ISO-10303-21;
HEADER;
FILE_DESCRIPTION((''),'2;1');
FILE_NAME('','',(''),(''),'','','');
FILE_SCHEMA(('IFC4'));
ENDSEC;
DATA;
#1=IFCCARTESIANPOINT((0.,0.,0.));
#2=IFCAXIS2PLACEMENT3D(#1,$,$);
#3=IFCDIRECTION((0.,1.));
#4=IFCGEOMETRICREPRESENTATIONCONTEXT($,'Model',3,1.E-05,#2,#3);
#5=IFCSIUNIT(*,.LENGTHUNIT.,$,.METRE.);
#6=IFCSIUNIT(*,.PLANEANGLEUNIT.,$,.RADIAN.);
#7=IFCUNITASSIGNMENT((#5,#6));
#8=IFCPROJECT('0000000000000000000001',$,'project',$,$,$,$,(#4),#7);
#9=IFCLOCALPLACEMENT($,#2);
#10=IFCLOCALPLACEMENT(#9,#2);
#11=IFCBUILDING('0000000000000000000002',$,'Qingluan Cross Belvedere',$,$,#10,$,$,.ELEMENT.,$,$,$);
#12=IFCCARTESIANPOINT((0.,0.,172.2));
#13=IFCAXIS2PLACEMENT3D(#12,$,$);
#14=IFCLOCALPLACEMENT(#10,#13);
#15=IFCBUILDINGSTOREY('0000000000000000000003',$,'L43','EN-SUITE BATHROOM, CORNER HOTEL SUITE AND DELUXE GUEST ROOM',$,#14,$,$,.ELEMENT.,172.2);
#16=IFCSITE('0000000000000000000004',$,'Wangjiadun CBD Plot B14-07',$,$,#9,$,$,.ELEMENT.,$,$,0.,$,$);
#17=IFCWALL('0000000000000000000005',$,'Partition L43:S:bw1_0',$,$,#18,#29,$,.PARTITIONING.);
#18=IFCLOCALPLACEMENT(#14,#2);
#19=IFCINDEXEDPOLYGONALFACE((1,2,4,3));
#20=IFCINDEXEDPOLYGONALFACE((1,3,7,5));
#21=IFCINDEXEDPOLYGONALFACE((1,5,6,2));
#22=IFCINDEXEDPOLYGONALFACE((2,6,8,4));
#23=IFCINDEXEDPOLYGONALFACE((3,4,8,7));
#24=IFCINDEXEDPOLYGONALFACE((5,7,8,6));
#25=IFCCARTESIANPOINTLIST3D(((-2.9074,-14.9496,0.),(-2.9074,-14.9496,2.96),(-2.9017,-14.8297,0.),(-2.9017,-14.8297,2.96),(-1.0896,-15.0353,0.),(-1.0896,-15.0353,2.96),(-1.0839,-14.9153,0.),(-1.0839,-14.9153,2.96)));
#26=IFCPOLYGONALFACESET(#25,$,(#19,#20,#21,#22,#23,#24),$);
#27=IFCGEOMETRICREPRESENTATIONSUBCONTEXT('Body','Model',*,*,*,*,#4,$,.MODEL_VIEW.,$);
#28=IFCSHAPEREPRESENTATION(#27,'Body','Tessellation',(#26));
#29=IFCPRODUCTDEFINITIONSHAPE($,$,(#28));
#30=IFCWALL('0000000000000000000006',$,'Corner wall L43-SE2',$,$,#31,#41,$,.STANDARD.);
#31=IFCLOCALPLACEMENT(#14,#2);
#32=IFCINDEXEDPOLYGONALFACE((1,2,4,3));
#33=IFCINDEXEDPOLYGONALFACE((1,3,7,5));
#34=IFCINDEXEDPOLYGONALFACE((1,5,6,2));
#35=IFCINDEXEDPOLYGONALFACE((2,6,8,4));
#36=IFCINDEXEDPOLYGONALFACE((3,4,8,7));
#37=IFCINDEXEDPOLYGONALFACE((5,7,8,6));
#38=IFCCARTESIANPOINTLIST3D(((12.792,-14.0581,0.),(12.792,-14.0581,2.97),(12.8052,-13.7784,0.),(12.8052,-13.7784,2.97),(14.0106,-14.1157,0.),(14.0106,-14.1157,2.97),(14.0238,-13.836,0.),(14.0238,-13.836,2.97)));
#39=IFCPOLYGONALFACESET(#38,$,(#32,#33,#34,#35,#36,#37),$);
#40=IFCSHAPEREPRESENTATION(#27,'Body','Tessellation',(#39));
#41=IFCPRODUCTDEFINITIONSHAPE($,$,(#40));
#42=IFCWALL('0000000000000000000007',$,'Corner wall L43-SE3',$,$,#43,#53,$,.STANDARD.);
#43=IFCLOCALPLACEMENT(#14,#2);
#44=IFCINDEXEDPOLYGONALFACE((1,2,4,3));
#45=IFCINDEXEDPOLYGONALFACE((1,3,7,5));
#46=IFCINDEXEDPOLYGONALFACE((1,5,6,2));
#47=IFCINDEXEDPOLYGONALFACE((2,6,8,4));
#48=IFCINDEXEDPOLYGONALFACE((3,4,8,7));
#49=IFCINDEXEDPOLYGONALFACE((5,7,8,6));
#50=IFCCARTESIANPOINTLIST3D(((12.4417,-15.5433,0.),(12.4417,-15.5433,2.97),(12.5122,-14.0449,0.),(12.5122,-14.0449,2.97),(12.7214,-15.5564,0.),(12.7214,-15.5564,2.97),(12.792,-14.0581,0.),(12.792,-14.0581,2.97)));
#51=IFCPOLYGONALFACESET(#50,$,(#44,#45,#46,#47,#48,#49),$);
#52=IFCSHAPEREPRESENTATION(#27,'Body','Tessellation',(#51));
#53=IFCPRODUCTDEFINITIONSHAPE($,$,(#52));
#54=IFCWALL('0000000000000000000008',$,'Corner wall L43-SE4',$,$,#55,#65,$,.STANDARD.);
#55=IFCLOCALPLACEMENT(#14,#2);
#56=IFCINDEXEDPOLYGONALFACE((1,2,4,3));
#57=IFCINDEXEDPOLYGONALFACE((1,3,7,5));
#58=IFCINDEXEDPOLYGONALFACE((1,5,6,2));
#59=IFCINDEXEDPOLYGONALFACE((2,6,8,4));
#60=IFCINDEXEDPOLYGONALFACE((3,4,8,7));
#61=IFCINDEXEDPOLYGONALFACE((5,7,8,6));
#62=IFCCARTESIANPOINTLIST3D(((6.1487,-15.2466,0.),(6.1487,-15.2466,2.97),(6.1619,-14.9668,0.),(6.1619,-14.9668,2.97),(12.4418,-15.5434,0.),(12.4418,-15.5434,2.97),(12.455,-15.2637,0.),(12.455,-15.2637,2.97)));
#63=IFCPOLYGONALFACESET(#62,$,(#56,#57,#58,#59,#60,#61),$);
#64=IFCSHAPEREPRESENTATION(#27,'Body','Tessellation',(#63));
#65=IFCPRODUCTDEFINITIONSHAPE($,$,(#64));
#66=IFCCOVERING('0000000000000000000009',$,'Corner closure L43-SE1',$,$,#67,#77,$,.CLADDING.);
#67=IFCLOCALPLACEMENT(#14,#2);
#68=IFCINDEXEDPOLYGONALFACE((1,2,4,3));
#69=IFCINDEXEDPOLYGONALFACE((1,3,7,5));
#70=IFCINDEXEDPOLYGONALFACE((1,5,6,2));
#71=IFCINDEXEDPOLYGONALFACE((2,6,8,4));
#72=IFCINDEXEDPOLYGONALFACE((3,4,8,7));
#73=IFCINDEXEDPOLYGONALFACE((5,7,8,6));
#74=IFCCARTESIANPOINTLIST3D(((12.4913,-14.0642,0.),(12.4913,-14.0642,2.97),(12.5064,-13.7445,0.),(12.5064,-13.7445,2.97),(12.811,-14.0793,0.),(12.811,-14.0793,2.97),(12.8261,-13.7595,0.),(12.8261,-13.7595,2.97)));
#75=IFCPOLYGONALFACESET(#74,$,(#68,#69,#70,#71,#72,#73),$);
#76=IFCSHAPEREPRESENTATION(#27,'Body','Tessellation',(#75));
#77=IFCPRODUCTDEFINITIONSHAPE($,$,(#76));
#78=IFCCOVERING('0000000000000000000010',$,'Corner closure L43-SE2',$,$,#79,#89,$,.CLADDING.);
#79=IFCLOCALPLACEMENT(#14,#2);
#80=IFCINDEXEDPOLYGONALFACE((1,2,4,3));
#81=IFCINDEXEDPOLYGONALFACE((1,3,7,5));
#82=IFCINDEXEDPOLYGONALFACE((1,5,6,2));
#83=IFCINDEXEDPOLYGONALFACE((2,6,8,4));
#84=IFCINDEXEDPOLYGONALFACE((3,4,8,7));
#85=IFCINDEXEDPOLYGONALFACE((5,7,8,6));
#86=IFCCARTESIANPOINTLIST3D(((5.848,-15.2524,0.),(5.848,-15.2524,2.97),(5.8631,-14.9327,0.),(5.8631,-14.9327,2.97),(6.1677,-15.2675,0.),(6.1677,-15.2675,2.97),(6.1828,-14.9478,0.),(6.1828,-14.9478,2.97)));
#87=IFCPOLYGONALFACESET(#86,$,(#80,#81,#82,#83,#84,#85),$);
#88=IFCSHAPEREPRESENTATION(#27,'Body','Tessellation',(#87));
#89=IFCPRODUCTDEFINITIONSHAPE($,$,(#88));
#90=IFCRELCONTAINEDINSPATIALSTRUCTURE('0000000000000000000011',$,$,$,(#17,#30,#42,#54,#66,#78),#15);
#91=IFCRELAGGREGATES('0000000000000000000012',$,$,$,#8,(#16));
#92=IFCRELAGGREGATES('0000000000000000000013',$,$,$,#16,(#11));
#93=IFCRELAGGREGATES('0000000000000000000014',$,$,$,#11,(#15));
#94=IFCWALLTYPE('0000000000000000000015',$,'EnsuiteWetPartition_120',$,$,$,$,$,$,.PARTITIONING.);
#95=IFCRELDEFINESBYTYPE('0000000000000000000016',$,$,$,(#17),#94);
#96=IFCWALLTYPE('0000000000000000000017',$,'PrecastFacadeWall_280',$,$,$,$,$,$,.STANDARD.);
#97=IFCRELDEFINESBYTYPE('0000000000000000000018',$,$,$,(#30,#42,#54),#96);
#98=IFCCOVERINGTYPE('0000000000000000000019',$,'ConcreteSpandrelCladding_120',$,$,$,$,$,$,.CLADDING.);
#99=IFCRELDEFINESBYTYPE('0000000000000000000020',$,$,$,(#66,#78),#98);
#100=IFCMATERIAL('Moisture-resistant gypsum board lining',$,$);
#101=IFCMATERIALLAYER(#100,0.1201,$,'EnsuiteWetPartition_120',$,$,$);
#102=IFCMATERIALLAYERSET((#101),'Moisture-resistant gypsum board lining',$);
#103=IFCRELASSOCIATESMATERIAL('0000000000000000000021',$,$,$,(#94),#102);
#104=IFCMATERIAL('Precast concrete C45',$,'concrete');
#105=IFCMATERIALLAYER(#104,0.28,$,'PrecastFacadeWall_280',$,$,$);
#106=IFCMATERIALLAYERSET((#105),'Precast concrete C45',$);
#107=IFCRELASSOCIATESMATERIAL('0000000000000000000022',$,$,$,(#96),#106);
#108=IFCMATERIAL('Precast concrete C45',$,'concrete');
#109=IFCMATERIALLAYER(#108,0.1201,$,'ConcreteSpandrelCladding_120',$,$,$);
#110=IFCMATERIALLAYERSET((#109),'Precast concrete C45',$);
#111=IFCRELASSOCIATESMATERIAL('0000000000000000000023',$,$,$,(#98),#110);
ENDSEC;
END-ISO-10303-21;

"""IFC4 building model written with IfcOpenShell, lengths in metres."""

from ifc_helpers import new_model, si_unit, direction, frame, frame_2d, origin, origin_2d, place, context, subcontext, project, spatial, rectangle, extrude, material, layer, layer_set, type_object, element, save


model = new_model("IFC4")

# Units and contexts
model_context = context("Model", 3, precision=1e-05, world=origin(), true_north=direction((0.0, 1.0)))
body_context = subcontext(model_context, "Body", "Model", "MODEL_VIEW")
ifc_project = project(units=[si_unit("LENGTHUNIT", "METRE"), si_unit("PLANEANGLEUNIT", "RADIAN")], contexts=[model_context])

# Site, building, storey
site_placement = place(None, origin())
site = spatial("IfcSite", under=ifc_project, at=site_placement, Name="Wangjiadun CBD Plot B14-07", CompositionType="ELEMENT", RefElevation=0.0)
building_placement = place(site_placement, origin())
building = spatial("IfcBuilding", under=site, at=building_placement, Name="Qingluan Cross Belvedere", CompositionType="ELEMENT")
storey_placement = place(building_placement, frame((0.0, 0.0, 172.2)))
storey = spatial("IfcBuildingStorey", under=building, at=storey_placement, Name="L43", Description="EN-SUITE BATHROOM, CORNER HOTEL SUITE AND DELUXE GUEST ROOM", CompositionType="ELEMENT", Elevation=172.2)

# Walls
ifc_material_1 = material(Name="Moisture-resistant gypsum board lining")
ifc_layer_1 = layer(ifc_material_1, 0.1201, Name="EnsuiteWetPartition_120")
ifc_layer_set_1 = layer_set([ifc_layer_1], Name="Moisture-resistant gypsum board lining")
wall_type_1 = type_object("IfcWallType", Name="EnsuiteWetPartition_120", PredefinedType="PARTITIONING", material=ifc_layer_set_1)
wall_1_placement = place(storey_placement, frame((-2.9045, -14.8896, 0.0), z_axis=(0.0, 0.0, 1.0), x_axis=(0.998891, -0.047087, 0.0)))
element("IfcWall", 1, at=wall_1_placement, inside=storey, type_object=wall_type_1, Name="Partition L43:S:bw1_0", PredefinedType="PARTITIONING", context=body_context, shape_type="SweptSolid", body=[
    extrude(rectangle(XDim=1.8198, YDim=0.1201, at=frame_2d((0.9099, 0.0))), origin(), (0.0, 0.0, 1.0), 2.96),
])
ifc_material_2 = material(Name="Precast concrete C45", Category="concrete")
ifc_layer_2 = layer(ifc_material_2, 0.28, Name="PrecastFacadeWall_280")
ifc_layer_set_2 = layer_set([ifc_layer_2], Name="Precast concrete C45")
wall_type_2 = type_object("IfcWallType", Name="PrecastFacadeWall_280", PredefinedType="STANDARD", material=ifc_layer_set_2)
wall_2_placement = place(storey_placement, frame((14.0171, -13.9758, 0.0), z_axis=(0.0, 0.0, 1.0), x_axis=(-0.998884, 0.047232, 0.0)))
element("IfcWall", 2, at=wall_2_placement, inside=storey, type_object=wall_type_2, Name="Corner wall L43-SE2", PredefinedType="STANDARD", context=body_context, shape_type="SweptSolid", body=[
    extrude(rectangle(XDim=1.22, YDim=0.28, at=frame_2d((0.6099, 0.0))), origin(), (0.0, 0.0, 1.0), 2.97),
])
wall_3_placement = place(storey_placement, frame((12.6521, -14.0515, 0.0), z_axis=(0.0, 0.0, 1.0), x_axis=(-0.047039, -0.998893, 0.0)))
element("IfcWall", 3, at=wall_3_placement, inside=storey, type_object=wall_type_2, Name="Corner wall L43-SE3", PredefinedType="STANDARD", context=body_context, shape_type="SweptSolid", body=[
    extrude(rectangle(XDim=1.5, YDim=0.28, at=frame_2d((0.75, 0.0))), origin(), (0.0, 0.0, 1.0), 2.97),
])
wall_4_placement = place(storey_placement, frame((12.4482, -15.4036, 0.0), z_axis=(0.0, 0.0, 1.0), x_axis=(-0.998889, 0.047123, 0.0)))
element("IfcWall", 4, at=wall_4_placement, inside=storey, type_object=wall_type_2, Name="Corner wall L43-SE4", PredefinedType="STANDARD", context=body_context, shape_type="SweptSolid", body=[
    extrude(rectangle(XDim=6.3, YDim=0.28, at=frame_2d((3.1499, 0.0))), origin(), (0.0, 0.0, 1.0), 2.97),
])

# Coverings
ifc_material_3 = material(Name="Precast concrete C45", Category="concrete")
ifc_layer_3 = layer(ifc_material_3, 0.1201, Name="ConcreteSpandrelCladding_120")
ifc_layer_set_3 = layer_set([ifc_layer_3], Name="Precast concrete C45")
covering_type = type_object("IfcCoveringType", Name="ConcreteSpandrelCladding_120", PredefinedType="CLADDING", material=ifc_layer_set_3)
for number, where, z_axis, x_axis, name in (
    (5, (12.6587, -13.9119, 0.0), (0.0, 0.0, 1.0), (0.99889, -0.047106, 0.0), "Corner closure L43-SE1"),
    (6, (6.0154, -15.1001, 0.0), (0.0, 0.0, 1.0), (0.99889, -0.047106, 0.0), "Corner closure L43-SE2"),
):
    element("IfcCovering", number, at=place(storey_placement, frame(where, z_axis=z_axis, x_axis=x_axis)), inside=storey, type_object=covering_type, Name=name, PredefinedType="CLADDING", context=body_context, shape_type="SweptSolid", body=[
        extrude(rectangle(XDim=0.3201, YDim=0.3201, at=origin_2d()), origin(), (0.0, 0.0, 1.0), 2.97),
    ])

save(model, "model.ifc")
